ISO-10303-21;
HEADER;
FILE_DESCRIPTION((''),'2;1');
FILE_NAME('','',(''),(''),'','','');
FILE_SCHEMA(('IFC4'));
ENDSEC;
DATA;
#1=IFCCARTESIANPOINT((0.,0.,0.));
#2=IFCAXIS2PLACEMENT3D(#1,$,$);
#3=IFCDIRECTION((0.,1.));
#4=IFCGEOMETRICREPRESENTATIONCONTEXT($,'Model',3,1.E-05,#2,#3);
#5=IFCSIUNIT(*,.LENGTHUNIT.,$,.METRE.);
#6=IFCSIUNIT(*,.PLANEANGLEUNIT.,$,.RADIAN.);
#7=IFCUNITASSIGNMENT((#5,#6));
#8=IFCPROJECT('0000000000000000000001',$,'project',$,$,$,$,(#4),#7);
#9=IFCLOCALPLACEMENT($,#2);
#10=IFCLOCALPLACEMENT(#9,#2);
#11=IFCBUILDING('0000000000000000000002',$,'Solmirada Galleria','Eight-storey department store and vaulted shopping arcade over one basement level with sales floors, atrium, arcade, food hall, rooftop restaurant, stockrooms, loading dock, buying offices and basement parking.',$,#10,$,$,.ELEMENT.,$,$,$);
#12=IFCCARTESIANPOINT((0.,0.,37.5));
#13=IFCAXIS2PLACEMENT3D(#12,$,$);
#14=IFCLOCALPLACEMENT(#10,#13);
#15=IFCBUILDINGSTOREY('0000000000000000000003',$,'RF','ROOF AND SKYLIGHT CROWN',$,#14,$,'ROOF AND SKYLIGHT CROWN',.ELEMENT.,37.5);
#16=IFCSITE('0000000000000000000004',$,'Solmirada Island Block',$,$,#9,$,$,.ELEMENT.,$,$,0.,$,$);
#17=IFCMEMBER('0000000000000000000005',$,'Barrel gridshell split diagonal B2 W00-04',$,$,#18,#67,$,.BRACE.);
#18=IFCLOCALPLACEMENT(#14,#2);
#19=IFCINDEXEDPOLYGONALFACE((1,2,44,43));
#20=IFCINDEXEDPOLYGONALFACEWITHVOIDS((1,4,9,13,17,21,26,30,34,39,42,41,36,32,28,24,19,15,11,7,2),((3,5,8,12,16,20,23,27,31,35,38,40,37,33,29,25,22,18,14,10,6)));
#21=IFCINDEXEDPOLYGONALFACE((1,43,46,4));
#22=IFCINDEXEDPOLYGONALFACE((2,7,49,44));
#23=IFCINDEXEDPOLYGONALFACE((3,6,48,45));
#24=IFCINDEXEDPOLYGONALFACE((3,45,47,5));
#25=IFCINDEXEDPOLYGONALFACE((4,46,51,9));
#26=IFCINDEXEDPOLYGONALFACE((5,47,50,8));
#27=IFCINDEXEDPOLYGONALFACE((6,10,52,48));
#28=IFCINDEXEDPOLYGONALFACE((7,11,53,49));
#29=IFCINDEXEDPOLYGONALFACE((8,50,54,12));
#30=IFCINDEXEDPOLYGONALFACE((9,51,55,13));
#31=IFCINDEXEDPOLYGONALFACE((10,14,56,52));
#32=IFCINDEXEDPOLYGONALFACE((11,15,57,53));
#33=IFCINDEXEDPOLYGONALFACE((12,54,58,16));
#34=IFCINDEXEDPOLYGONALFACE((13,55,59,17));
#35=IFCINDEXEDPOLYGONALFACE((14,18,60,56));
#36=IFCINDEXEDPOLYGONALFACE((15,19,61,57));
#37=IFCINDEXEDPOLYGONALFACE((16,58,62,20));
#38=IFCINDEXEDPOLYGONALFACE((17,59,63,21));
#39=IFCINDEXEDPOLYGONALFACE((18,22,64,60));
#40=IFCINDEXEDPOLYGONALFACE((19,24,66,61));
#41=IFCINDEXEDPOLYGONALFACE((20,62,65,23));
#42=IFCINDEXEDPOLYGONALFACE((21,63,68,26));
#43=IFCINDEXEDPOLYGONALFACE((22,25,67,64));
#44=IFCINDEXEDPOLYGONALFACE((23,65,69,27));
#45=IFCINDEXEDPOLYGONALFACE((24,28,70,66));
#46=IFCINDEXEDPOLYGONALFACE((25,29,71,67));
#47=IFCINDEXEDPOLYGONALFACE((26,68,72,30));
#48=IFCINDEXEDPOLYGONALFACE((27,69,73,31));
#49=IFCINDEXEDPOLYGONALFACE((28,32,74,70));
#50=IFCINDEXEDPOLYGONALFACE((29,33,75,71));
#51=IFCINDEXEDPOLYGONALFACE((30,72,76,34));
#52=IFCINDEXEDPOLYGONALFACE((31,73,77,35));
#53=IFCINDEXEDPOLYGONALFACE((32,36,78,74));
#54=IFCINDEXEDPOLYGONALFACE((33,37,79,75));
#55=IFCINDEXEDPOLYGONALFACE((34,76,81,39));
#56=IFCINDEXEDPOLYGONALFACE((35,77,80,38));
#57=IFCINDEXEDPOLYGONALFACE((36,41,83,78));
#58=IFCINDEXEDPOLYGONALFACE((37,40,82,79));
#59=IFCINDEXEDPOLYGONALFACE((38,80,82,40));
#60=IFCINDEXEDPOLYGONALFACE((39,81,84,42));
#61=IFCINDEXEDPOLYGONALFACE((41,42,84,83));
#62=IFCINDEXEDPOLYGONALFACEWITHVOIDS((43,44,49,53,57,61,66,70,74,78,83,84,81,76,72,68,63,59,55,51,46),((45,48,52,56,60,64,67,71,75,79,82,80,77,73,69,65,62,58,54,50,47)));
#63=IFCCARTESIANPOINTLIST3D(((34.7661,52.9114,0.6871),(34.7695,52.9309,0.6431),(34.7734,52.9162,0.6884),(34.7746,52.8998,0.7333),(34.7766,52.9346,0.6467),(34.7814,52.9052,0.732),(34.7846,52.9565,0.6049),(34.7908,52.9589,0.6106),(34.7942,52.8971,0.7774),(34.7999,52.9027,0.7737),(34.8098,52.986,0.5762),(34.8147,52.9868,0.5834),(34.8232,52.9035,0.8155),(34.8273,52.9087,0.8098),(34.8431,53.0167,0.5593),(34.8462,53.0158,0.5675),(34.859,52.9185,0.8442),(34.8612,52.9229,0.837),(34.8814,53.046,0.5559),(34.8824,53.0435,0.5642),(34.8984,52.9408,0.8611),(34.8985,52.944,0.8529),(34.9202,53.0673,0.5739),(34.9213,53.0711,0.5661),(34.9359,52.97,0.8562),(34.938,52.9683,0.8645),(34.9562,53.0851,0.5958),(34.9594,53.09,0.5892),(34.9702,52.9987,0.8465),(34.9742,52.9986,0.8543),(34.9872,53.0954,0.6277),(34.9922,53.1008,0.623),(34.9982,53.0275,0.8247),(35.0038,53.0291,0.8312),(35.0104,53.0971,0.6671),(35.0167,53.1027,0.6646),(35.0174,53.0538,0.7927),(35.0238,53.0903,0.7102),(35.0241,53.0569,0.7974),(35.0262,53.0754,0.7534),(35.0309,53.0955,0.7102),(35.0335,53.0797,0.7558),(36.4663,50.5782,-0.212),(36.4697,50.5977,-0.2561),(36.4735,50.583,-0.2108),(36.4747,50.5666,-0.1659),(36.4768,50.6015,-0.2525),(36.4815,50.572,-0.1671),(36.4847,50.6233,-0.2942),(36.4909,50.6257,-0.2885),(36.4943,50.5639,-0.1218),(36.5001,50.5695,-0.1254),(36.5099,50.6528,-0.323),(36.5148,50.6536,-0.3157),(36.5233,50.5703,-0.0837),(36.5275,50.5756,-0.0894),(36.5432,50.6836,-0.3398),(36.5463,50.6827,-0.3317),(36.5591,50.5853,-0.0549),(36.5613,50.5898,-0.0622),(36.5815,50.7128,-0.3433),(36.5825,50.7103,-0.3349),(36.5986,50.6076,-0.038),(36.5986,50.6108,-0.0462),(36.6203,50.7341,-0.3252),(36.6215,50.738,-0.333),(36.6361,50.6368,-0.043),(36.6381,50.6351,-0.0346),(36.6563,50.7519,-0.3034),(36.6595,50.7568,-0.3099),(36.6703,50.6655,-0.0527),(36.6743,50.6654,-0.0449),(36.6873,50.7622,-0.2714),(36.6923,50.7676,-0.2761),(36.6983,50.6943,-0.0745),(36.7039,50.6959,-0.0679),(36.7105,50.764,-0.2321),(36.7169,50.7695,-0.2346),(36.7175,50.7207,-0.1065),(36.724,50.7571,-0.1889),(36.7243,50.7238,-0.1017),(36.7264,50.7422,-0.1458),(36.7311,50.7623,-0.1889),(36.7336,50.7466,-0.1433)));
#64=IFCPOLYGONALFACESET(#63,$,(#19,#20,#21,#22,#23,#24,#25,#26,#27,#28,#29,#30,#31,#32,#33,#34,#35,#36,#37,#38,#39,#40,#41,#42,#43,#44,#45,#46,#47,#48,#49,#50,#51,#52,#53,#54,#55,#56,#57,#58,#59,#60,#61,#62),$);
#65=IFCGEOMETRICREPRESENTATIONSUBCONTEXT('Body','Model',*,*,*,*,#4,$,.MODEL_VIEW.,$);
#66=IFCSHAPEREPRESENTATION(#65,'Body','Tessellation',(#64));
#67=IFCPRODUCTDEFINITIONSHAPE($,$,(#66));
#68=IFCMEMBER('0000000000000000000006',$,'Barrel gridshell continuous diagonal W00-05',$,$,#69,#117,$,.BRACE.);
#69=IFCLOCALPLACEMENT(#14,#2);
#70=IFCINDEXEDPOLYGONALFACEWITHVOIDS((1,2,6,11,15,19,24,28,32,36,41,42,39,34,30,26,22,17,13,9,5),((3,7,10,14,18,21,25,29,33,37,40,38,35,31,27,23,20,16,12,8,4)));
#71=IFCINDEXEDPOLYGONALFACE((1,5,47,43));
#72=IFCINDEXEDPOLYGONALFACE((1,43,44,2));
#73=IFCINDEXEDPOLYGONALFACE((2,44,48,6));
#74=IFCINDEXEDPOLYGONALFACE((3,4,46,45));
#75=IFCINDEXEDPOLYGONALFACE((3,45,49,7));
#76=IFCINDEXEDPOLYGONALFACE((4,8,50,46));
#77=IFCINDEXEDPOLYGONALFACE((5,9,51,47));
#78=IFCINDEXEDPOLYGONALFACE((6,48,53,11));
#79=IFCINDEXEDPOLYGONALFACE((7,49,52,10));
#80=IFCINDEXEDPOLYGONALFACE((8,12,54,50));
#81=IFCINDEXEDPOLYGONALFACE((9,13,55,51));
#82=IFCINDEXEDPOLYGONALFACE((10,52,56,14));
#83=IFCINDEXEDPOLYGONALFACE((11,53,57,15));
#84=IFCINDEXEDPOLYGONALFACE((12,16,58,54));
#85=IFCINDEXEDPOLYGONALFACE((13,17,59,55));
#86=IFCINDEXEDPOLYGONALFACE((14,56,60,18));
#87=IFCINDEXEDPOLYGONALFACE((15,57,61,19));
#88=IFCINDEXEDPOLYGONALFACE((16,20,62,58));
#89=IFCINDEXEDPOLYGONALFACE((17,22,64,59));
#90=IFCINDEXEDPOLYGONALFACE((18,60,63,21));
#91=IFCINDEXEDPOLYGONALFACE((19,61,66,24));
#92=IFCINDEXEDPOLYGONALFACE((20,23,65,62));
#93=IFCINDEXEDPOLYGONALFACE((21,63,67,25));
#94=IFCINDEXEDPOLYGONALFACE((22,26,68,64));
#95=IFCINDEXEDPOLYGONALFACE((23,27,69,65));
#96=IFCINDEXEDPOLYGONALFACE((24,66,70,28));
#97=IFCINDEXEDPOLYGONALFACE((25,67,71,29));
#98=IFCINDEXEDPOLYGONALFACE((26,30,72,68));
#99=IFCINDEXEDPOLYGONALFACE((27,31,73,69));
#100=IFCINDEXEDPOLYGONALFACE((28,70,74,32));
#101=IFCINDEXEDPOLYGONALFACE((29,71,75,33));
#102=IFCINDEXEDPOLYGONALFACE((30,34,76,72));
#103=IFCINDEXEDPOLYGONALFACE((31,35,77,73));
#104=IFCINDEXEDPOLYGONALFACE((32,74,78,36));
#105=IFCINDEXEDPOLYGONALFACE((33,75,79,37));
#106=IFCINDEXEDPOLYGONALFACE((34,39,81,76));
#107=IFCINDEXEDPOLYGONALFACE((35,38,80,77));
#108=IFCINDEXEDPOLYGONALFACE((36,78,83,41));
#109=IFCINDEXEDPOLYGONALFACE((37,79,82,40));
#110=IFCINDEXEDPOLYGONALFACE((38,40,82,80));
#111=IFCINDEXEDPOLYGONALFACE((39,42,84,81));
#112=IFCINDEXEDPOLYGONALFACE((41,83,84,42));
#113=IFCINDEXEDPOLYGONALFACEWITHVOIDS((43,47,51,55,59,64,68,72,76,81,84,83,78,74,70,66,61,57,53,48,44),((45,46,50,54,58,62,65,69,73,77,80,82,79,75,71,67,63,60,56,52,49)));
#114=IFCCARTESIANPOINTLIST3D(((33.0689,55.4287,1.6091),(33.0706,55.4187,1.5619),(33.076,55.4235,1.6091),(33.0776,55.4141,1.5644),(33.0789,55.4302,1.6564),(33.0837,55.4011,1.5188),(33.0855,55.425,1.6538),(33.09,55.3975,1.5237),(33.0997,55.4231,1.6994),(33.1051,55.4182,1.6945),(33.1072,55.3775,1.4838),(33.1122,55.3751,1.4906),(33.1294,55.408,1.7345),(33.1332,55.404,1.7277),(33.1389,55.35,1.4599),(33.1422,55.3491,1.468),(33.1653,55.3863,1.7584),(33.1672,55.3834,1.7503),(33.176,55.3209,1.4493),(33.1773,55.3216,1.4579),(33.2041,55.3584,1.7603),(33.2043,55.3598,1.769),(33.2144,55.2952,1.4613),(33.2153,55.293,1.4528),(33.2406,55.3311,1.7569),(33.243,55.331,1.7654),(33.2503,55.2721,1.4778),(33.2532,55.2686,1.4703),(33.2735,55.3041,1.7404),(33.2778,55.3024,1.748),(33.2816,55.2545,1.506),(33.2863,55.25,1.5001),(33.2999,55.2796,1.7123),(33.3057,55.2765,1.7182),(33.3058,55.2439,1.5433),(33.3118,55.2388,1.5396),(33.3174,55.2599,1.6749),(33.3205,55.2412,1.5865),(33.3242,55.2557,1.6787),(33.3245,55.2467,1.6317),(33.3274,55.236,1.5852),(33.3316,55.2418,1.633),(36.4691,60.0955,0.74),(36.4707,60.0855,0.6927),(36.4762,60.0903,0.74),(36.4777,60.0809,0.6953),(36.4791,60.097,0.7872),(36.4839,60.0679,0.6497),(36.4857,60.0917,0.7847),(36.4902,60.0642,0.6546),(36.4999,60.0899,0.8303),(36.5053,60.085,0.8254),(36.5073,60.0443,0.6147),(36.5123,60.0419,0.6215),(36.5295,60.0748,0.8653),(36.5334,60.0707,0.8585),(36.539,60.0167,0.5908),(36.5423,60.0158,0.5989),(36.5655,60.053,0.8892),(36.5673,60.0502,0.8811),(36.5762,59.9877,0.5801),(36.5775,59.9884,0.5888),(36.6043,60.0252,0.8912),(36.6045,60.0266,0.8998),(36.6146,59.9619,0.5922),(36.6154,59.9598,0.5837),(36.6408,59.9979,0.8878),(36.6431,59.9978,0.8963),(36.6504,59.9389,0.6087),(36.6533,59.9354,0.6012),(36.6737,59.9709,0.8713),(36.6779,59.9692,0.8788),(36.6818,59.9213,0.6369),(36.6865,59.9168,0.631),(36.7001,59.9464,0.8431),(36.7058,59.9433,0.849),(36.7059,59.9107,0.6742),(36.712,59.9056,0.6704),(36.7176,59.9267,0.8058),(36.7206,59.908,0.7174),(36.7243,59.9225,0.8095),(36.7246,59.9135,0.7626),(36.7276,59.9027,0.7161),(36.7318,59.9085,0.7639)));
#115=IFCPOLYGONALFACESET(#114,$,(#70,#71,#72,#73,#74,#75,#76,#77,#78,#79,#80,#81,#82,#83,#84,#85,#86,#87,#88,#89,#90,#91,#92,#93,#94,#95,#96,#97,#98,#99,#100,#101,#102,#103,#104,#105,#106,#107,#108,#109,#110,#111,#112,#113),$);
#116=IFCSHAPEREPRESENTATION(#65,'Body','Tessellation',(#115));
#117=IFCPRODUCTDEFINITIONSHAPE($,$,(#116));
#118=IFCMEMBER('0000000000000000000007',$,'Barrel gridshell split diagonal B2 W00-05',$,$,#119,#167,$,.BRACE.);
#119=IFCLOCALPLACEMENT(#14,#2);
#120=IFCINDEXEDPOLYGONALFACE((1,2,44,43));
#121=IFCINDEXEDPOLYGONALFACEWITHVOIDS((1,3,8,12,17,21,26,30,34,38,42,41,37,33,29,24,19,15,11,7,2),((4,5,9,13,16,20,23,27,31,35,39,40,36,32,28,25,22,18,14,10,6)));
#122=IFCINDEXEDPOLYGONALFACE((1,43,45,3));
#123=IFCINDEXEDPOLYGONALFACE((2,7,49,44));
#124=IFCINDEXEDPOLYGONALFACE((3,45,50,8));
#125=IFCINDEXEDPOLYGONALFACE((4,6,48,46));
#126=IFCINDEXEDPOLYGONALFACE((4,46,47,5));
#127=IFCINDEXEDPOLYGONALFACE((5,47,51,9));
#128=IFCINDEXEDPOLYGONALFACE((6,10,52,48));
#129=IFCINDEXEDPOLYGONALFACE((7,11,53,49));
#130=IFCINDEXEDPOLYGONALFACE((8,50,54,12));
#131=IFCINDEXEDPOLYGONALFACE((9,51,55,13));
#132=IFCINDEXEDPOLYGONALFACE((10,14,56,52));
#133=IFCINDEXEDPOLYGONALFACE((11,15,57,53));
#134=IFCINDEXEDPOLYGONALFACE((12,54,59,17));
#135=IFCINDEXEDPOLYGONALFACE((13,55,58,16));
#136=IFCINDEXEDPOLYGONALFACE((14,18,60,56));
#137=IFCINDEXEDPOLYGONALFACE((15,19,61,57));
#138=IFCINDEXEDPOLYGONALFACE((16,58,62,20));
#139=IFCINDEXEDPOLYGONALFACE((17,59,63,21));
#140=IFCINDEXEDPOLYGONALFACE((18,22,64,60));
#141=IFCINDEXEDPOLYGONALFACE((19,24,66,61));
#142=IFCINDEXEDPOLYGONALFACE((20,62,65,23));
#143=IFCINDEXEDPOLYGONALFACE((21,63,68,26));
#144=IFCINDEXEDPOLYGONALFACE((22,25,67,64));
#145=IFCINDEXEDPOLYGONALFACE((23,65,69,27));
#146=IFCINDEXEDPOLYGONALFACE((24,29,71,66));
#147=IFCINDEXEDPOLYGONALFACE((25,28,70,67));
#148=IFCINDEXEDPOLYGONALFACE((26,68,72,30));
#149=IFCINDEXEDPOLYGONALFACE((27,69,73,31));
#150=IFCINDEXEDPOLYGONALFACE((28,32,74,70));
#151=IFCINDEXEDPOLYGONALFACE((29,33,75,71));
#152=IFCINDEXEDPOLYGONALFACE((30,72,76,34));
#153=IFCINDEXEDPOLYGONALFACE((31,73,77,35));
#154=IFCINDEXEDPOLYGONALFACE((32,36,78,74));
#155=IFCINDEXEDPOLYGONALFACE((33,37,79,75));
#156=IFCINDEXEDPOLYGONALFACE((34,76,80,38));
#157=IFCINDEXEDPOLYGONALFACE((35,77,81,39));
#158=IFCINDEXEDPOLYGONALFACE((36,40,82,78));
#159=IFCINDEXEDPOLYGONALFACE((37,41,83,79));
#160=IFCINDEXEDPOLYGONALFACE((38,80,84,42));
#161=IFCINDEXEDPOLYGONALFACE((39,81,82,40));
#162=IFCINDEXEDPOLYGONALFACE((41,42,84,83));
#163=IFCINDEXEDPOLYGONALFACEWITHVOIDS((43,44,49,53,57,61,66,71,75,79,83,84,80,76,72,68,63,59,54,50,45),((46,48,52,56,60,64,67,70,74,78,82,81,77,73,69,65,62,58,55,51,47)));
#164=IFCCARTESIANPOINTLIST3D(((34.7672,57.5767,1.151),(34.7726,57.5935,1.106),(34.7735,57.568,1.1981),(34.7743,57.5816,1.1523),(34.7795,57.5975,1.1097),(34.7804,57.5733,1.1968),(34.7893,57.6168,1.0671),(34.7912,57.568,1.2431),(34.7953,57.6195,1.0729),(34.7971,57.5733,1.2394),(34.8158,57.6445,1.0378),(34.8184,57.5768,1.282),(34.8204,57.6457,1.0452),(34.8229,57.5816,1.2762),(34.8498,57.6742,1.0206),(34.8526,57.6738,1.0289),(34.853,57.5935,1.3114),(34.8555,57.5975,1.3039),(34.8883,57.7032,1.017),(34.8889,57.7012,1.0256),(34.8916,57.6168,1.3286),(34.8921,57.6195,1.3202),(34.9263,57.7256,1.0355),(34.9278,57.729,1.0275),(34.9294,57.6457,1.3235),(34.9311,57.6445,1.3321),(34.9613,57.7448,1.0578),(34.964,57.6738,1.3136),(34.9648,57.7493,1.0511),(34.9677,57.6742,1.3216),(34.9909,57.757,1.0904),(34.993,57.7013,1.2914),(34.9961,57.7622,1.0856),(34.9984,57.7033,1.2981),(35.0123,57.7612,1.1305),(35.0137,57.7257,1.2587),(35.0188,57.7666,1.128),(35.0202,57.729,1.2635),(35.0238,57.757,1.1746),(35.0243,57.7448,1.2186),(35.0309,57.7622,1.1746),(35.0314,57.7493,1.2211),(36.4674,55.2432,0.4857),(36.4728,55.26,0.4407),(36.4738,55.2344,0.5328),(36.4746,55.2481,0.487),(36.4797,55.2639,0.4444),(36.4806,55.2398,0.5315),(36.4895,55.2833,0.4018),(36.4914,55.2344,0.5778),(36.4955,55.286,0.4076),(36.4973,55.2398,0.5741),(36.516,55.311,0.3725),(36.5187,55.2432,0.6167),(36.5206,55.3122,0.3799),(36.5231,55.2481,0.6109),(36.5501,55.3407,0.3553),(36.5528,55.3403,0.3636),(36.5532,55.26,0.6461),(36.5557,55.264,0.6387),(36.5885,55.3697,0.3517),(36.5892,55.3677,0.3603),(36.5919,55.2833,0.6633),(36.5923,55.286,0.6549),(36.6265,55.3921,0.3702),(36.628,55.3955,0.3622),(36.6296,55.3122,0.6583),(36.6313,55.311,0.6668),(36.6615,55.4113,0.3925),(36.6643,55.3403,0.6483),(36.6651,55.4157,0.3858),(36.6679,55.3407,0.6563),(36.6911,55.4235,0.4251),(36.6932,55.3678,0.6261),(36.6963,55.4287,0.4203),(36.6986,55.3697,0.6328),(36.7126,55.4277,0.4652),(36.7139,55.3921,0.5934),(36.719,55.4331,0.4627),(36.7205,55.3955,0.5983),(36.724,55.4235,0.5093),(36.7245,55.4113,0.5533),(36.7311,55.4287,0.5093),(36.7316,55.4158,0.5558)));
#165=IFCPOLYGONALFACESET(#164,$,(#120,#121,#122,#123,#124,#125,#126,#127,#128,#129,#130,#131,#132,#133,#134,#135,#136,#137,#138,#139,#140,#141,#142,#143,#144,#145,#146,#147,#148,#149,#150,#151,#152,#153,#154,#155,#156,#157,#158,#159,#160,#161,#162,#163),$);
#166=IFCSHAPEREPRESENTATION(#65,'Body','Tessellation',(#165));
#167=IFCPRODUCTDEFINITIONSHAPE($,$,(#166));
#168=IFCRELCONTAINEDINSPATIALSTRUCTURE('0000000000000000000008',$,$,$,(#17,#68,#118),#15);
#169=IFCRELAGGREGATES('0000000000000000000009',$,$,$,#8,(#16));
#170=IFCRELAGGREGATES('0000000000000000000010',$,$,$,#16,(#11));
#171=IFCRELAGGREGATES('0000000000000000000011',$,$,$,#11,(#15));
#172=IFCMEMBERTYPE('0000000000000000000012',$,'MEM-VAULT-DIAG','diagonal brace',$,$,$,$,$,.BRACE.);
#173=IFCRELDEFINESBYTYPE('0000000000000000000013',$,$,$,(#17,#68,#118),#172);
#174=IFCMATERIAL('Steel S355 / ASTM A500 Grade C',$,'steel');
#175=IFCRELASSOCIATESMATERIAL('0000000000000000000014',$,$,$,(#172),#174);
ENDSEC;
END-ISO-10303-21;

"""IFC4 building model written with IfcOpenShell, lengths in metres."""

from ifc_helpers import new_model, si_unit, direction, frame, origin, origin_2d, place, context, subcontext, project, spatial, hollow_circle, extrude, material, material_profile, profile_set, type_object, element, save


model = new_model("IFC4")

# Units and contexts
model_context = context("Model", 3, precision=1e-05, world=origin(), true_north=direction((0.0, 1.0)))
body_context = subcontext(model_context, "Body", "Model", "MODEL_VIEW")
ifc_project = project(units=[si_unit("LENGTHUNIT", "METRE"), si_unit("PLANEANGLEUNIT", "RADIAN")], contexts=[model_context])

# Site, building, storey
site_placement = place(None, origin())
site = spatial("IfcSite", under=ifc_project, at=site_placement, Name="Solmirada Island Block", CompositionType="ELEMENT", RefElevation=0.0)
building_placement = place(site_placement, origin())
building = spatial("IfcBuilding", under=site, at=building_placement, Name="Solmirada Galleria", Description="Eight-storey department store and vaulted shopping arcade over one basement level with sales floors, atrium, arcade, food hall, rooftop restaurant, stockrooms, loading dock, buying offices and basement parking.", CompositionType="ELEMENT")
storey_placement = place(building_placement, frame((0.0, 0.0, 37.5)))
storey = spatial("IfcBuildingStorey", under=building, at=storey_placement, Name="RF", Description="ROOF AND SKYLIGHT CROWN", LongName="ROOF AND SKYLIGHT CROWN", CompositionType="ELEMENT", Elevation=37.5)

# Members
ifc_material_1 = material(Name="Steel S355 / ASTM A500 Grade C", Category="steel")
ifc_material_profile_1 = material_profile(ifc_material_1, hollow_circle(Radius=0.1621, WallThickness=0.0088, at=origin_2d()), Name="HSS12.750X0.375")
ifc_profile_set_1 = profile_set([ifc_material_profile_1], Name="Steel S355 / ASTM A500 Grade C")
member_type_1 = type_object("IfcMemberType", Name="MEM-VAULT-DIAG", Description="diagonal brace", PredefinedType="BRACE", material=ifc_profile_set_1)
for number, where, z_axis, x_axis, name in (
    (1, (34.8999, 53.0, 0.7102), (0.562275, -0.771635, -0.297366), (0.808195, 0.588916, 0.0), "Barrel gridshell split diagonal B2 W00-04"),
):
    element("IfcMember", number, at=place(storey_placement, frame(where, z_axis=z_axis, x_axis=x_axis)), inside=storey, type_object=member_type_1, Name=name, PredefinedType="BRACE", context=body_context, shape_type="SweptSolid", body=[
        extrude(hollow_circle(Radius=0.1621, WallThickness=0.0088, at=origin_2d()), origin(), (0.0, 0.0, 1.0), 3.0237),
    ])
member_1_placement = place(storey_placement, frame((33.2, 55.3333, 1.6091), z_axis=(0.582308, 0.799226, -0.148849), x_axis=(-0.808229, 0.588868, 0.0)))
element("IfcMember", 2, at=member_1_placement, inside=storey, type_object=member_type_1, Name="Barrel gridshell continuous diagonal W00-05", PredefinedType="BRACE", context=body_context, shape_type="SweptSolid", body=[
    extrude(hollow_circle(Radius=0.1621, WallThickness=0.0088, at=origin_2d()), origin(), (0.0, 0.0, 1.0), 5.8391),
])
member_2_placement = place(storey_placement, frame((34.8999, 57.6667, 1.1746), z_axis=(0.573838, -0.787585, -0.224542), x_axis=(0.808224, 0.588875, 0.0)))
element("IfcMember", 3, at=member_2_placement, inside=storey, type_object=member_type_1, Name="Barrel gridshell split diagonal B2 W00-05", PredefinedType="BRACE", context=body_context, shape_type="SweptSolid", body=[
    extrude(hollow_circle(Radius=0.1621, WallThickness=0.0088, at=origin_2d()), origin(), (0.0, 0.0, 1.0), 2.9629),
])

save(model, "model.ifc")
